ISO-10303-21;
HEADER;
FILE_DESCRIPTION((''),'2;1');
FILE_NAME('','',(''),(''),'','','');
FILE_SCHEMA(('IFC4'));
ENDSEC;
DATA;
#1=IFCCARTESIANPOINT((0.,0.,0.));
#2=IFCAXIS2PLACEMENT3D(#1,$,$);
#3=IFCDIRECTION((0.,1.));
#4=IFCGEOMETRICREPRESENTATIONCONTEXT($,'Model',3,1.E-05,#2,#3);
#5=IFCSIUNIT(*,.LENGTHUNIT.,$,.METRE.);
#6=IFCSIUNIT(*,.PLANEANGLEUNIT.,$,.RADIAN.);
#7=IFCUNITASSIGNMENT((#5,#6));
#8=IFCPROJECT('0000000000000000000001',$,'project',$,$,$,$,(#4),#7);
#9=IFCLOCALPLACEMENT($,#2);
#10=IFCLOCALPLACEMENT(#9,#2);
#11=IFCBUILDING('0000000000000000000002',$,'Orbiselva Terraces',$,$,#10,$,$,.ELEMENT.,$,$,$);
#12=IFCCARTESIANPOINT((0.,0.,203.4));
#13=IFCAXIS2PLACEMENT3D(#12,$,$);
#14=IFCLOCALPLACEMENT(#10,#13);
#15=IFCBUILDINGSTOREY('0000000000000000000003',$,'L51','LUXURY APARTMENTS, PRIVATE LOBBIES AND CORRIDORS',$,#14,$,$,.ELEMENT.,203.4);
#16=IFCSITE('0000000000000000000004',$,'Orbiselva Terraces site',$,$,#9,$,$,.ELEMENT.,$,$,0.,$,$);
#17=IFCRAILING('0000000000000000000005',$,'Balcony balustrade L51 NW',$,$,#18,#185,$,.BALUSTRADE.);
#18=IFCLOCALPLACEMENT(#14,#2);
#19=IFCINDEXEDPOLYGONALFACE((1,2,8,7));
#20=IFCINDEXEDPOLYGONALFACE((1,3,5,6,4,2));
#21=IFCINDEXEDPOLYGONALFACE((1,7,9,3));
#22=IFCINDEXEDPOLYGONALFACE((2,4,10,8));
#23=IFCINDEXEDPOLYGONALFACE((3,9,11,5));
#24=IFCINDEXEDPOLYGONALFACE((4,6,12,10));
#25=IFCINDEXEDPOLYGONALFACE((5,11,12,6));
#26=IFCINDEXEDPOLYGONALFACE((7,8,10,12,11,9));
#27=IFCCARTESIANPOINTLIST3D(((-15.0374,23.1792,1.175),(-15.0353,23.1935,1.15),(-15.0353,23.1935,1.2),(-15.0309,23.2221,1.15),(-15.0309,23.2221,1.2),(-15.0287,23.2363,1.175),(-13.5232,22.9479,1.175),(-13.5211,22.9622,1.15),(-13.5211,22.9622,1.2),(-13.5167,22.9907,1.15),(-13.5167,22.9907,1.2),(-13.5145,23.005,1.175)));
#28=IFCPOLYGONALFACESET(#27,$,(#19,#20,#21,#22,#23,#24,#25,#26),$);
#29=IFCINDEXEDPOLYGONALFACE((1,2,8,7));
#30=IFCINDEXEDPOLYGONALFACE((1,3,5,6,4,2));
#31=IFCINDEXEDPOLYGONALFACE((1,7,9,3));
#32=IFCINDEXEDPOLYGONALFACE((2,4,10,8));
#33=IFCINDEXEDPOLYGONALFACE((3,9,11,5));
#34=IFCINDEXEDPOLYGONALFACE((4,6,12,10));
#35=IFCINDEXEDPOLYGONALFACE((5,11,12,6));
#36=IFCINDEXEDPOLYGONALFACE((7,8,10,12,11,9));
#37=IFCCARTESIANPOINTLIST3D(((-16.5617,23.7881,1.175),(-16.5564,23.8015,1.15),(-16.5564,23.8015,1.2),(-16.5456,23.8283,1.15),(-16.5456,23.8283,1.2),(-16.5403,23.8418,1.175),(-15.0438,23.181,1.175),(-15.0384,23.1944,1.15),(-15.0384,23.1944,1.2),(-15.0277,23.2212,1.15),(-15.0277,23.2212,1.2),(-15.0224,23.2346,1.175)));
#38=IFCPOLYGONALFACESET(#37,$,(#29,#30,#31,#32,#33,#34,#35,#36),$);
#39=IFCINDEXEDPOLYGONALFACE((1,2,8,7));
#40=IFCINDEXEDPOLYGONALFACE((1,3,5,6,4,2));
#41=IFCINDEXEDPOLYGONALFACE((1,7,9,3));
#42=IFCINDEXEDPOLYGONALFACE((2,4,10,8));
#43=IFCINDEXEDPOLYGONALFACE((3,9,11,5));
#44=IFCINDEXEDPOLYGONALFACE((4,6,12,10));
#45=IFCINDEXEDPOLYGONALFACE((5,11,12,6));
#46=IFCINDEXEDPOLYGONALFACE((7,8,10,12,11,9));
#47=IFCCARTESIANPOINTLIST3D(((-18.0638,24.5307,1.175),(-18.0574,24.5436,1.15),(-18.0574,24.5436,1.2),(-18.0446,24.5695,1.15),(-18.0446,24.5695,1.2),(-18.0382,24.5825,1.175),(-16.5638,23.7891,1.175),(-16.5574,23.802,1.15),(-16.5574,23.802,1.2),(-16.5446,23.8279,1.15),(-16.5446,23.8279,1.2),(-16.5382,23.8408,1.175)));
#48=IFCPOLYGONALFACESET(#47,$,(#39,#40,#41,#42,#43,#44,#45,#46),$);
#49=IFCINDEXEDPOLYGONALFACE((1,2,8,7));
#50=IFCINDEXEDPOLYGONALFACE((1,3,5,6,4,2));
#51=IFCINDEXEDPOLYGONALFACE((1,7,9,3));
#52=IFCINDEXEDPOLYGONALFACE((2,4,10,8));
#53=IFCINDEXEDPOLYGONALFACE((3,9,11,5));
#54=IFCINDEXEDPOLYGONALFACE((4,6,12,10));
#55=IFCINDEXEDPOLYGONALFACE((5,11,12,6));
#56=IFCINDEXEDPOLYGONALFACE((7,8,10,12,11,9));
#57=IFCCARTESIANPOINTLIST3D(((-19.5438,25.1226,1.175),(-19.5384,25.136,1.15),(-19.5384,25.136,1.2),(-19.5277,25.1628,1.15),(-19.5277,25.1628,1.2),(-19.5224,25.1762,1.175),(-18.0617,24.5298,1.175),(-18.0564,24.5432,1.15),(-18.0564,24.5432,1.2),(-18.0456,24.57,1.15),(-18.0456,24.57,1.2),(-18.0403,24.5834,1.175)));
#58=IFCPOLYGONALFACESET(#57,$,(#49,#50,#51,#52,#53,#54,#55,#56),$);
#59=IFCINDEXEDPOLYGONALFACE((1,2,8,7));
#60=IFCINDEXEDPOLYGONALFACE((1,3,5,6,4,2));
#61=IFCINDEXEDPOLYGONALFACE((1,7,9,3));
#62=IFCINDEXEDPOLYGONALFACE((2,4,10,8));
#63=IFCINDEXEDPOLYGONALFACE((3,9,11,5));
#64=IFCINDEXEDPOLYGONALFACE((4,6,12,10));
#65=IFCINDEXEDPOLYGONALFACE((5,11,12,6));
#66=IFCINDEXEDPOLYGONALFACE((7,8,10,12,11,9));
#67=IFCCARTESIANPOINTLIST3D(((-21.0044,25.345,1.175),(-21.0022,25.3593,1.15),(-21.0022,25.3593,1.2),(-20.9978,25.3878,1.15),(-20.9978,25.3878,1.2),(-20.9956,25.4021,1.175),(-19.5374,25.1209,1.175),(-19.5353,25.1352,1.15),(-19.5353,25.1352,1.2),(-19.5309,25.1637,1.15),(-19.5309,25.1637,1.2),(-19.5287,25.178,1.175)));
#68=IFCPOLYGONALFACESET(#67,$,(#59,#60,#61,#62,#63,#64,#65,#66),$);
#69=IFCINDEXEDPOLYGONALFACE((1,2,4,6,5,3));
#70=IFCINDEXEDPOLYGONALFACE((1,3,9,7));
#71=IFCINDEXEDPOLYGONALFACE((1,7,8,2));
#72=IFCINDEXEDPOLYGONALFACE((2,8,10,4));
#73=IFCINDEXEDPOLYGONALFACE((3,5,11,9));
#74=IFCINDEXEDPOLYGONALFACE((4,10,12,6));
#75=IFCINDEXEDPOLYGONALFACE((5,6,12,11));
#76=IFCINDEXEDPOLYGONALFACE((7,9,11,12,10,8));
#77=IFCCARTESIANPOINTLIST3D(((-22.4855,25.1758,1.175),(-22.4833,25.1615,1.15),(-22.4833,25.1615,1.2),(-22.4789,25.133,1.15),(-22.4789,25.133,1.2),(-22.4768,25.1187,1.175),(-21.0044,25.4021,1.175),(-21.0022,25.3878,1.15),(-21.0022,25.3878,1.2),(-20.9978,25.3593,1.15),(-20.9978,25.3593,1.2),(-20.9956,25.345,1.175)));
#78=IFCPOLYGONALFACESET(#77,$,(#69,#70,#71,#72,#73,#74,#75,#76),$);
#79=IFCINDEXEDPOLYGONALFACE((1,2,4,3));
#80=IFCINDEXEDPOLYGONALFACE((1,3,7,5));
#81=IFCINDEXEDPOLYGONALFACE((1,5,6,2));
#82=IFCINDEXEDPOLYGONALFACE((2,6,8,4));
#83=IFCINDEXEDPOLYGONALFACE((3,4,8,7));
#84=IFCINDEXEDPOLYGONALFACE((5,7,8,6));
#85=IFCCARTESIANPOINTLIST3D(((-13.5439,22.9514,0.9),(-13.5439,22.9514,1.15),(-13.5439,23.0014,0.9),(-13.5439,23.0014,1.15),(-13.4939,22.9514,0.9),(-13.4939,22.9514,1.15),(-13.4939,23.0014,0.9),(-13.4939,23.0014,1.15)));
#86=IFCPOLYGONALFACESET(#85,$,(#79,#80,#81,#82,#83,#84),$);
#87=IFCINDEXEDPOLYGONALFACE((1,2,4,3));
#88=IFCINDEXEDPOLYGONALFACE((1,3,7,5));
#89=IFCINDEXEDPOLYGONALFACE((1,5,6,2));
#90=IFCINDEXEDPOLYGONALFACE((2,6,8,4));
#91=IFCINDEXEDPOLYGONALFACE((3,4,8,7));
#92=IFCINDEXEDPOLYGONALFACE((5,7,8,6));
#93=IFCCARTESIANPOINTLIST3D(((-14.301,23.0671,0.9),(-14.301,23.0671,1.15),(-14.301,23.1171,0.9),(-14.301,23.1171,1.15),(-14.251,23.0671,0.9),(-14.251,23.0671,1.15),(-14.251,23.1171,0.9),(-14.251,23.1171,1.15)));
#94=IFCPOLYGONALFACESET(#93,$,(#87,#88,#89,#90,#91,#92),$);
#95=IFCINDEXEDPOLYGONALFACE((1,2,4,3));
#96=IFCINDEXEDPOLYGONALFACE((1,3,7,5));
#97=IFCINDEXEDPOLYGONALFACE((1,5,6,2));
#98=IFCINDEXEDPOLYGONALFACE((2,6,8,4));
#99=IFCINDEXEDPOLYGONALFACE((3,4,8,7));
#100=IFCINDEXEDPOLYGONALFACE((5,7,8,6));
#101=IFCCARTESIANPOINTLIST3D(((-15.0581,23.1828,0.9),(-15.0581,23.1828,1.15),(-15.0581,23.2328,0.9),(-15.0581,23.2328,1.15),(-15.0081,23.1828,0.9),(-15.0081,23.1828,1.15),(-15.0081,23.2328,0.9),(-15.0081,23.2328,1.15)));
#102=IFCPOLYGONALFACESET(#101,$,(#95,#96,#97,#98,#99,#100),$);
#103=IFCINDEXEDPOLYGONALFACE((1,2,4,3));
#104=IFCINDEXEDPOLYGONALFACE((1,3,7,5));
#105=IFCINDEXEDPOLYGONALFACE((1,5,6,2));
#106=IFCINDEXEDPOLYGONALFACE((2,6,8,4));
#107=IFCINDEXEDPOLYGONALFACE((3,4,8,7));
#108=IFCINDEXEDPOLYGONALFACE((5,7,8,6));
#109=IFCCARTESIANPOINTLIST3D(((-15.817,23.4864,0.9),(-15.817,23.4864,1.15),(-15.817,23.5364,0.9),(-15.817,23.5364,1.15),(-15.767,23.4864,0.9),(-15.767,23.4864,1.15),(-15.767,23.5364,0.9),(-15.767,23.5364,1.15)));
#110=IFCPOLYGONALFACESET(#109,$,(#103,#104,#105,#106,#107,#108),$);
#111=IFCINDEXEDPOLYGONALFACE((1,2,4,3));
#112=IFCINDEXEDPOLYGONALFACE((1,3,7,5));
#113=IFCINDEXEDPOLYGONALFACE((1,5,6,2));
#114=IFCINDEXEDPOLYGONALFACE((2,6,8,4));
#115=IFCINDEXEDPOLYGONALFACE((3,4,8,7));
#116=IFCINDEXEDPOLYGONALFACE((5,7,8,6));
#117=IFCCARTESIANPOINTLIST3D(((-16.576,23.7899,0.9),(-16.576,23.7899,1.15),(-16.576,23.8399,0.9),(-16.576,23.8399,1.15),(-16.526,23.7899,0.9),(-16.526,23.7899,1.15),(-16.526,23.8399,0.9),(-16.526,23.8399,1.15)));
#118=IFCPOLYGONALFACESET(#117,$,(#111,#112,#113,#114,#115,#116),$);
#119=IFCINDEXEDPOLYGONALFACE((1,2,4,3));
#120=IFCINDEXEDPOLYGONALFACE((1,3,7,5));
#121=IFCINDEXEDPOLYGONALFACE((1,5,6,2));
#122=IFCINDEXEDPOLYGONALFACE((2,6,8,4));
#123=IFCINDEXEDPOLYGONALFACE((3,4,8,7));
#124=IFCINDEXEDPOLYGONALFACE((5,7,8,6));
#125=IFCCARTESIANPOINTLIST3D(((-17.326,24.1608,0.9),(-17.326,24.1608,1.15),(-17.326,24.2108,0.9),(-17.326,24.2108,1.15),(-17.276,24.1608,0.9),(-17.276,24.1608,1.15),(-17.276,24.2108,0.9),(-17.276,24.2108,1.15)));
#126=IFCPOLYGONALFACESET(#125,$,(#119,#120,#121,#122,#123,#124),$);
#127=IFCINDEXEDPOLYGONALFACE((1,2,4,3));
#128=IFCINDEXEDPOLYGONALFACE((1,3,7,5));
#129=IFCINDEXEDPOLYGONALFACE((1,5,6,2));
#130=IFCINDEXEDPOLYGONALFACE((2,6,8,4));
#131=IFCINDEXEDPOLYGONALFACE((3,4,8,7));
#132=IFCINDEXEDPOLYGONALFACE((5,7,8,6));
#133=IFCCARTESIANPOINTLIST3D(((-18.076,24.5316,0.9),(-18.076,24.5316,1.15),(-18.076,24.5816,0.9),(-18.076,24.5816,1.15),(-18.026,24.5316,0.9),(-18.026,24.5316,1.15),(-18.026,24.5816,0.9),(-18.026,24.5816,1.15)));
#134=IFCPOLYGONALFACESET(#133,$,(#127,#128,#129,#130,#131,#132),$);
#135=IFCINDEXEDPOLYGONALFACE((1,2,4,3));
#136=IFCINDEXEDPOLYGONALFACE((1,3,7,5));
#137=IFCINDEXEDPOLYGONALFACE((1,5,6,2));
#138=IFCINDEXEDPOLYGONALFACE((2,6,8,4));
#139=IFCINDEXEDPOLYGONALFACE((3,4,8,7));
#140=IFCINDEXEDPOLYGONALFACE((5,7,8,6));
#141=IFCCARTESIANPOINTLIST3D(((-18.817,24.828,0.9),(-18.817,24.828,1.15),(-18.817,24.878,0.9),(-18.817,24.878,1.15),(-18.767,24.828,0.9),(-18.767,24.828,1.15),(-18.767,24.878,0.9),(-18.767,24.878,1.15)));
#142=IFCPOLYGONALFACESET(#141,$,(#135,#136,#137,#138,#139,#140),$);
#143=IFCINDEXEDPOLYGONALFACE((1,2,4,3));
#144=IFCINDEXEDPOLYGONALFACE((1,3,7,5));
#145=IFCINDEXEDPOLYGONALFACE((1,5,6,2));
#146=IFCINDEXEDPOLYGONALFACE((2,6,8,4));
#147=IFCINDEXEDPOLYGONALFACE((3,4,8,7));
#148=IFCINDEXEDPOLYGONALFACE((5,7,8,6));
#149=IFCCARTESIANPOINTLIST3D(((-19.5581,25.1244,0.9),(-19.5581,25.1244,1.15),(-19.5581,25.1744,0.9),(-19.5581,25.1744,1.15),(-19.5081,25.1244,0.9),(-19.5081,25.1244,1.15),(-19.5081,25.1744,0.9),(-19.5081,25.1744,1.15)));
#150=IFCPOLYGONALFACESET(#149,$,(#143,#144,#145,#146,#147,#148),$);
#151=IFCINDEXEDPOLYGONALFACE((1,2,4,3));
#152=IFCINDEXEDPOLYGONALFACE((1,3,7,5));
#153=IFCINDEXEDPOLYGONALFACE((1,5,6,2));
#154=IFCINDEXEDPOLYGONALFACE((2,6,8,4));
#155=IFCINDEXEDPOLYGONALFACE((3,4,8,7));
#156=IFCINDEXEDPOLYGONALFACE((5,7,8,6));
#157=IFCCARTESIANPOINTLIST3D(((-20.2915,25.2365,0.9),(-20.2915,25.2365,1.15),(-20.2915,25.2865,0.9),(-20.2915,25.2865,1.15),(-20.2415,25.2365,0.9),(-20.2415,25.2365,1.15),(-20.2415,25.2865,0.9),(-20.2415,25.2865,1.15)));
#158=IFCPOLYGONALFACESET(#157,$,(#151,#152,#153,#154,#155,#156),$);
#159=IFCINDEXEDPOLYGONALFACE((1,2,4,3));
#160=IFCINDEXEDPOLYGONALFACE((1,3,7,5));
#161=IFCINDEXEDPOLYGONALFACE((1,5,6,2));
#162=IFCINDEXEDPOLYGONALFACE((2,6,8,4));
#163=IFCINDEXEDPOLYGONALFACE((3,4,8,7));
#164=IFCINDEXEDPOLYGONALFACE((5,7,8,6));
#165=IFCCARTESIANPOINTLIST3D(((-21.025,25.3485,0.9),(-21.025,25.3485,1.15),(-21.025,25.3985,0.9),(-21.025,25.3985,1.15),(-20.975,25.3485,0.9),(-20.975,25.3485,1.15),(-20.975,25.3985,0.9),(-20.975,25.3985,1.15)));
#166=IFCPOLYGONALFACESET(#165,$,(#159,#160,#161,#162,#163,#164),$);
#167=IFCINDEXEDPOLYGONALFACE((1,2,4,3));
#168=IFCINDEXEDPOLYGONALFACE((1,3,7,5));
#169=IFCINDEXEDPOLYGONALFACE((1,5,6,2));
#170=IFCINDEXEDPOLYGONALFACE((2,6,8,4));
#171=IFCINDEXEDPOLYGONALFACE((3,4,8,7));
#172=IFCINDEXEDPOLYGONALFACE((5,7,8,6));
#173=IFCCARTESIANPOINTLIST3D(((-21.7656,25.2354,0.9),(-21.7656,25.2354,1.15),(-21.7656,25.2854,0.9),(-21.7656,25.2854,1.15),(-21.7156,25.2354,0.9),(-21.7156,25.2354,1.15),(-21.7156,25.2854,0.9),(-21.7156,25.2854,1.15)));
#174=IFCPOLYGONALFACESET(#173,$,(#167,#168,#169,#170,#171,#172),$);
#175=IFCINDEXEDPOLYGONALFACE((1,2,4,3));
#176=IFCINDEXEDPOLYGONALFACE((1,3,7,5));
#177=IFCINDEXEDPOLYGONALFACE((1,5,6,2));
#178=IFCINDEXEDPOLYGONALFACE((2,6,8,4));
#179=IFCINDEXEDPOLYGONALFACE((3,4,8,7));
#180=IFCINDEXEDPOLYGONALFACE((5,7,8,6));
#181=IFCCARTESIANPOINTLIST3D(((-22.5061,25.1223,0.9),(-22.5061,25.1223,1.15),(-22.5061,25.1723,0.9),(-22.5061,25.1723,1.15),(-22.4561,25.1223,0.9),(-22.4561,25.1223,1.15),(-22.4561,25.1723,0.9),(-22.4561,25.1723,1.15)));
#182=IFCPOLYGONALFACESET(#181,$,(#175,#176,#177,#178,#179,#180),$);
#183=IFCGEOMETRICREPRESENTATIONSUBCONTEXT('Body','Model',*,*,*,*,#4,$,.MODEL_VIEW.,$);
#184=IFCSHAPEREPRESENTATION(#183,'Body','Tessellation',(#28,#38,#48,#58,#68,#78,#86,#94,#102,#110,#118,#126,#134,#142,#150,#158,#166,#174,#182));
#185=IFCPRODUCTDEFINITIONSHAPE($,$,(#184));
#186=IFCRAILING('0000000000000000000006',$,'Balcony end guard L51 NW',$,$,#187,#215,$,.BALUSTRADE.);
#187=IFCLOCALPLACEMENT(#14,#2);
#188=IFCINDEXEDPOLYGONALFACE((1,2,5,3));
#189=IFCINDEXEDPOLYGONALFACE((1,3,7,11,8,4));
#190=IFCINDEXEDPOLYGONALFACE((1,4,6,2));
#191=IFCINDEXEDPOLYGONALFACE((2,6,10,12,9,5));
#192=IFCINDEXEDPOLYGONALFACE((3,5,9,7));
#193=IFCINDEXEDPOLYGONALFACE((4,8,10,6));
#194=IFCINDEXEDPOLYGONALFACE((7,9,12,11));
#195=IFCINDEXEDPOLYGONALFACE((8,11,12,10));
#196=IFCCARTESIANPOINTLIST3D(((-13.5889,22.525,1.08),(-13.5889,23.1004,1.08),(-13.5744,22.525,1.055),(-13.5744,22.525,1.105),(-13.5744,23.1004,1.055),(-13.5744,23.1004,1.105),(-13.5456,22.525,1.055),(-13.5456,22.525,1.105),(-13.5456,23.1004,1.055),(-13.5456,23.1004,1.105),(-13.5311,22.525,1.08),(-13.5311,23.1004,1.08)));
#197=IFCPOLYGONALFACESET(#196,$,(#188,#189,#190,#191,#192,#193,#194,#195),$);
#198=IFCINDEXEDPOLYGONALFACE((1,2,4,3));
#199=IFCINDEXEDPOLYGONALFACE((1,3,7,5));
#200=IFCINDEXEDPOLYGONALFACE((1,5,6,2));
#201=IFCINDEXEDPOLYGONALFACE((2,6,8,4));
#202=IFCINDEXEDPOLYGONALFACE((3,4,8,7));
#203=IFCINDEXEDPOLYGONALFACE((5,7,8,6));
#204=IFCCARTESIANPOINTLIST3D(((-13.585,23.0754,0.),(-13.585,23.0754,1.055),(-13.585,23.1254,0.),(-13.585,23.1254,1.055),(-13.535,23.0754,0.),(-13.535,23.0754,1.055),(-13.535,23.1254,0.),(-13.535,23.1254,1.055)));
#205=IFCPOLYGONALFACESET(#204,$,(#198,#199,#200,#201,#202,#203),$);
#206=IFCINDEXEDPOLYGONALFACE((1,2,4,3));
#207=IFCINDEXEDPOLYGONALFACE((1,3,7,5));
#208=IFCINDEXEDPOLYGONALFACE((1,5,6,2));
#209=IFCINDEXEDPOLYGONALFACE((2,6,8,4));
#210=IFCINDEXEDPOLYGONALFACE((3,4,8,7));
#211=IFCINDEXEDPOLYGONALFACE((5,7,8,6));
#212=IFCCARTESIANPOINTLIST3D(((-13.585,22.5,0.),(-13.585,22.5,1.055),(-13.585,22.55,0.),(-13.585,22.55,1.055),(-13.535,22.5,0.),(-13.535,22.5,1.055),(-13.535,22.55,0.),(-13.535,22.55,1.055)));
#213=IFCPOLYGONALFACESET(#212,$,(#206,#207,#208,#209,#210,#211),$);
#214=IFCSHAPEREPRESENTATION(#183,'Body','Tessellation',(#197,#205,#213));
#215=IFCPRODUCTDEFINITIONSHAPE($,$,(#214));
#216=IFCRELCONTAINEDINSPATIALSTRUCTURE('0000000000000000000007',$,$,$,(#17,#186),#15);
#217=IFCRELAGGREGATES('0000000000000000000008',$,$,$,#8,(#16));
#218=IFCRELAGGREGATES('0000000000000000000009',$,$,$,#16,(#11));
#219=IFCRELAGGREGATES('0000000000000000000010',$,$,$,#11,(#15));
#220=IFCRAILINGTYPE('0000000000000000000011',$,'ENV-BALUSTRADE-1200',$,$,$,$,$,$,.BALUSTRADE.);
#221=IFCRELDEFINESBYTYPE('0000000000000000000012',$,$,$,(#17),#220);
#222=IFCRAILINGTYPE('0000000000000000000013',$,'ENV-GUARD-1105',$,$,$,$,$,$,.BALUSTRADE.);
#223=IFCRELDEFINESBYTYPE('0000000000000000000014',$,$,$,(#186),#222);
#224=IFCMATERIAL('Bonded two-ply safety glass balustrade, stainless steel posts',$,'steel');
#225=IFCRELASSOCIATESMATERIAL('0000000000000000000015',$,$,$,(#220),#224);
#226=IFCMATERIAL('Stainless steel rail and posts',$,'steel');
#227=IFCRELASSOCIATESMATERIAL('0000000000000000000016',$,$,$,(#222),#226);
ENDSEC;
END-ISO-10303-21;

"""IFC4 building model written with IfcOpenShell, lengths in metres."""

from ifc_helpers import new_model, si_unit, direction, frame, origin, origin_2d, place, context, subcontext, project, spatial, polyline, rectangle, outline, extrude, material, type_object, element, save


model = new_model("IFC4")

# Units and contexts
model_context = context("Model", 3, precision=1e-05, world=origin(), true_north=direction((0.0, 1.0)))
body_context = subcontext(model_context, "Body", "Model", "MODEL_VIEW")
ifc_project = project(units=[si_unit("LENGTHUNIT", "METRE"), si_unit("PLANEANGLEUNIT", "RADIAN")], contexts=[model_context])

# Site, building, storey
site_placement = place(None, origin())
site = spatial("IfcSite", under=ifc_project, at=site_placement, Name="Orbiselva Terraces site", CompositionType="ELEMENT", RefElevation=0.0)
building_placement = place(site_placement, origin())
building = spatial("IfcBuilding", under=site, at=building_placement, Name="Orbiselva Terraces", CompositionType="ELEMENT")
storey_placement = place(building_placement, frame((0.0, 0.0, 203.4)))
storey = spatial("IfcBuildingStorey", under=building, at=storey_placement, Name="L51", Description="LUXURY APARTMENTS, PRIVATE LOBBIES AND CORRIDORS", CompositionType="ELEMENT", Elevation=203.4)

# Railings
ifc_material_1 = material(Name="Bonded two-ply safety glass balustrade, stainless steel posts", Category="steel")
railing_type_1 = type_object("IfcRailingType", Name="ENV-BALUSTRADE-1200", PredefinedType="BALUSTRADE", material=ifc_material_1)
railing_1_placement = place(storey_placement, frame((-13.5189, 22.9764, 0.9)))
element("IfcRailing", 1, at=railing_1_placement, inside=storey, type_object=railing_type_1, Name="Balcony balustrade L51 NW", PredefinedType="BALUSTRADE", context=body_context, shape_type="SweptSolid", body=[
    extrude(outline(polyline([(0.0289, 0.0), (0.0144, 0.025), (-0.0144, 0.025), (-0.0289, 0.0), (-0.0144, -0.025), (0.0144, -0.025), (0.0289, 0.0)])), frame((0.0, 0.0, 0.275), z_axis=(-0.988529, 0.151034, 0.0), x_axis=(-0.151034, -0.988529, 0.0)), (0.0, 0.0, 1.0), 1.5318),
    extrude(outline(polyline([(0.0289, 0.0), (0.0144, 0.025), (-0.0144, 0.025), (-0.0289, 0.0), (-0.0144, -0.025), (0.0144, -0.025), (0.0289, 0.0)])), frame((-1.5142, 0.2314, 0.275), z_axis=(-0.928477, 0.37139, 0.0), x_axis=(-0.37139, -0.928477, 0.0)), (0.0, 0.0, 1.0), 1.6348),
    extrude(outline(polyline([(0.0289, 0.0), (0.0144, 0.025), (-0.0144, 0.025), (-0.0289, 0.0), (-0.0144, -0.025), (0.0144, -0.025), (0.0289, 0.0)])), frame((-3.0321, 0.8385, 0.275), z_axis=(-0.896417, 0.443212, 0.0), x_axis=(-0.443212, -0.896417, 0.0)), (0.0, 0.0, 1.0), 1.6733),
    extrude(outline(polyline([(0.0289, 0.0), (0.0144, 0.025), (-0.0144, 0.025), (-0.0289, 0.0), (-0.0144, -0.025), (0.0144, -0.025), (0.0289, 0.0)])), frame((-4.5321, 1.5802, 0.275), z_axis=(-0.928477, 0.371391, 0.0), x_axis=(-0.371391, -0.928477, 0.0)), (0.0, 0.0, 1.0), 1.5963),
    extrude(outline(polyline([(0.0289, 0.0), (0.0144, 0.025), (-0.0144, 0.025), (-0.0289, 0.0), (-0.0144, -0.025), (0.0144, -0.025), (0.0289, 0.0)])), frame((-6.0142, 2.173, 0.275), z_axis=(-0.988529, 0.151034, 0.0), x_axis=(-0.151034, -0.988529, 0.0)), (0.0, 0.0, 1.0), 1.4839),
    extrude(outline(polyline([(0.0289, 0.0), (0.0144, 0.025), (-0.0144, 0.025), (-0.0289, 0.0), (-0.0144, -0.025), (0.0144, -0.025), (0.0289, 0.0)])), frame((-7.4811, 2.3971, 0.275), z_axis=(-0.988529, -0.151034, 0.0), x_axis=(0.151034, -0.988529, 0.0)), (0.0, 0.0, 1.0), 1.4983),
    extrude(rectangle(XDim=0.05, YDim=0.05, at=origin_2d()), origin(), (0.0, 0.0, 1.0), 0.25),
    extrude(rectangle(XDim=0.05, YDim=0.05, at=origin_2d()), frame((-0.7571, 0.1157, 0.0)), (0.0, 0.0, 1.0), 0.25),
    extrude(rectangle(XDim=0.05, YDim=0.05, at=origin_2d()), frame((-1.5142, 0.2314, 0.0)), (0.0, 0.0, 1.0), 0.25),
    extrude(rectangle(XDim=0.05, YDim=0.05, at=origin_2d()), frame((-2.2732, 0.5349, 0.0)), (0.0, 0.0, 1.0), 0.25),
    extrude(rectangle(XDim=0.05, YDim=0.05, at=origin_2d()), frame((-3.0321, 0.8385, 0.0)), (0.0, 0.0, 1.0), 0.25),
    extrude(rectangle(XDim=0.05, YDim=0.05, at=origin_2d()), frame((-3.7821, 1.2093, 0.0)), (0.0, 0.0, 1.0), 0.25),
    extrude(rectangle(XDim=0.05, YDim=0.05, at=origin_2d()), frame((-4.5321, 1.5802, 0.0)), (0.0, 0.0, 1.0), 0.25),
    extrude(rectangle(XDim=0.05, YDim=0.05, at=origin_2d()), frame((-5.2732, 1.8766, 0.0)), (0.0, 0.0, 1.0), 0.25),
    extrude(rectangle(XDim=0.05, YDim=0.05, at=origin_2d()), frame((-6.0142, 2.173, 0.0)), (0.0, 0.0, 1.0), 0.25),
    extrude(rectangle(XDim=0.05, YDim=0.05, at=origin_2d()), frame((-6.7477, 2.2851, 0.0)), (0.0, 0.0, 1.0), 0.25),
    extrude(rectangle(XDim=0.05, YDim=0.05, at=origin_2d()), frame((-7.4811, 2.3971, 0.0)), (0.0, 0.0, 1.0), 0.25),
    extrude(rectangle(XDim=0.05, YDim=0.05, at=origin_2d()), frame((-8.2217, 2.284, 0.0)), (0.0, 0.0, 1.0), 0.25),
    extrude(rectangle(XDim=0.05, YDim=0.05, at=origin_2d()), frame((-8.9622, 2.1708, 0.0)), (0.0, 0.0, 1.0), 0.25),
])
ifc_material_2 = material(Name="Stainless steel rail and posts", Category="steel")
railing_type_2 = type_object("IfcRailingType", Name="ENV-GUARD-1105", PredefinedType="BALUSTRADE", material=ifc_material_2)
railing_2_placement = place(storey_placement, frame((-13.56, 23.1004, 0.0)))
element("IfcRailing", 2, at=railing_2_placement, inside=storey, type_object=railing_type_2, Name="Balcony end guard L51 NW", PredefinedType="BALUSTRADE", context=body_context, shape_type="SweptSolid", body=[
    extrude(outline(polyline([(0.0289, 0.0), (0.0144, 0.025), (-0.0144, 0.025), (-0.0289, 0.0), (-0.0144, -0.025), (0.0144, -0.025), (0.0289, 0.0)])), frame((0.0, 0.0, 1.08), z_axis=(0.0, -1.0, 0.0), x_axis=(1.0, 0.0, 0.0)), (0.0, 0.0, 1.0), 0.5754),
    extrude(rectangle(XDim=0.05, YDim=0.05, at=origin_2d()), origin(), (0.0, 0.0, 1.0), 1.055),
    extrude(rectangle(XDim=0.05, YDim=0.05, at=origin_2d()), frame((0.0, -0.5754, 0.0)), (0.0, 0.0, 1.0), 1.055),
])

save(model, "model.ifc")
